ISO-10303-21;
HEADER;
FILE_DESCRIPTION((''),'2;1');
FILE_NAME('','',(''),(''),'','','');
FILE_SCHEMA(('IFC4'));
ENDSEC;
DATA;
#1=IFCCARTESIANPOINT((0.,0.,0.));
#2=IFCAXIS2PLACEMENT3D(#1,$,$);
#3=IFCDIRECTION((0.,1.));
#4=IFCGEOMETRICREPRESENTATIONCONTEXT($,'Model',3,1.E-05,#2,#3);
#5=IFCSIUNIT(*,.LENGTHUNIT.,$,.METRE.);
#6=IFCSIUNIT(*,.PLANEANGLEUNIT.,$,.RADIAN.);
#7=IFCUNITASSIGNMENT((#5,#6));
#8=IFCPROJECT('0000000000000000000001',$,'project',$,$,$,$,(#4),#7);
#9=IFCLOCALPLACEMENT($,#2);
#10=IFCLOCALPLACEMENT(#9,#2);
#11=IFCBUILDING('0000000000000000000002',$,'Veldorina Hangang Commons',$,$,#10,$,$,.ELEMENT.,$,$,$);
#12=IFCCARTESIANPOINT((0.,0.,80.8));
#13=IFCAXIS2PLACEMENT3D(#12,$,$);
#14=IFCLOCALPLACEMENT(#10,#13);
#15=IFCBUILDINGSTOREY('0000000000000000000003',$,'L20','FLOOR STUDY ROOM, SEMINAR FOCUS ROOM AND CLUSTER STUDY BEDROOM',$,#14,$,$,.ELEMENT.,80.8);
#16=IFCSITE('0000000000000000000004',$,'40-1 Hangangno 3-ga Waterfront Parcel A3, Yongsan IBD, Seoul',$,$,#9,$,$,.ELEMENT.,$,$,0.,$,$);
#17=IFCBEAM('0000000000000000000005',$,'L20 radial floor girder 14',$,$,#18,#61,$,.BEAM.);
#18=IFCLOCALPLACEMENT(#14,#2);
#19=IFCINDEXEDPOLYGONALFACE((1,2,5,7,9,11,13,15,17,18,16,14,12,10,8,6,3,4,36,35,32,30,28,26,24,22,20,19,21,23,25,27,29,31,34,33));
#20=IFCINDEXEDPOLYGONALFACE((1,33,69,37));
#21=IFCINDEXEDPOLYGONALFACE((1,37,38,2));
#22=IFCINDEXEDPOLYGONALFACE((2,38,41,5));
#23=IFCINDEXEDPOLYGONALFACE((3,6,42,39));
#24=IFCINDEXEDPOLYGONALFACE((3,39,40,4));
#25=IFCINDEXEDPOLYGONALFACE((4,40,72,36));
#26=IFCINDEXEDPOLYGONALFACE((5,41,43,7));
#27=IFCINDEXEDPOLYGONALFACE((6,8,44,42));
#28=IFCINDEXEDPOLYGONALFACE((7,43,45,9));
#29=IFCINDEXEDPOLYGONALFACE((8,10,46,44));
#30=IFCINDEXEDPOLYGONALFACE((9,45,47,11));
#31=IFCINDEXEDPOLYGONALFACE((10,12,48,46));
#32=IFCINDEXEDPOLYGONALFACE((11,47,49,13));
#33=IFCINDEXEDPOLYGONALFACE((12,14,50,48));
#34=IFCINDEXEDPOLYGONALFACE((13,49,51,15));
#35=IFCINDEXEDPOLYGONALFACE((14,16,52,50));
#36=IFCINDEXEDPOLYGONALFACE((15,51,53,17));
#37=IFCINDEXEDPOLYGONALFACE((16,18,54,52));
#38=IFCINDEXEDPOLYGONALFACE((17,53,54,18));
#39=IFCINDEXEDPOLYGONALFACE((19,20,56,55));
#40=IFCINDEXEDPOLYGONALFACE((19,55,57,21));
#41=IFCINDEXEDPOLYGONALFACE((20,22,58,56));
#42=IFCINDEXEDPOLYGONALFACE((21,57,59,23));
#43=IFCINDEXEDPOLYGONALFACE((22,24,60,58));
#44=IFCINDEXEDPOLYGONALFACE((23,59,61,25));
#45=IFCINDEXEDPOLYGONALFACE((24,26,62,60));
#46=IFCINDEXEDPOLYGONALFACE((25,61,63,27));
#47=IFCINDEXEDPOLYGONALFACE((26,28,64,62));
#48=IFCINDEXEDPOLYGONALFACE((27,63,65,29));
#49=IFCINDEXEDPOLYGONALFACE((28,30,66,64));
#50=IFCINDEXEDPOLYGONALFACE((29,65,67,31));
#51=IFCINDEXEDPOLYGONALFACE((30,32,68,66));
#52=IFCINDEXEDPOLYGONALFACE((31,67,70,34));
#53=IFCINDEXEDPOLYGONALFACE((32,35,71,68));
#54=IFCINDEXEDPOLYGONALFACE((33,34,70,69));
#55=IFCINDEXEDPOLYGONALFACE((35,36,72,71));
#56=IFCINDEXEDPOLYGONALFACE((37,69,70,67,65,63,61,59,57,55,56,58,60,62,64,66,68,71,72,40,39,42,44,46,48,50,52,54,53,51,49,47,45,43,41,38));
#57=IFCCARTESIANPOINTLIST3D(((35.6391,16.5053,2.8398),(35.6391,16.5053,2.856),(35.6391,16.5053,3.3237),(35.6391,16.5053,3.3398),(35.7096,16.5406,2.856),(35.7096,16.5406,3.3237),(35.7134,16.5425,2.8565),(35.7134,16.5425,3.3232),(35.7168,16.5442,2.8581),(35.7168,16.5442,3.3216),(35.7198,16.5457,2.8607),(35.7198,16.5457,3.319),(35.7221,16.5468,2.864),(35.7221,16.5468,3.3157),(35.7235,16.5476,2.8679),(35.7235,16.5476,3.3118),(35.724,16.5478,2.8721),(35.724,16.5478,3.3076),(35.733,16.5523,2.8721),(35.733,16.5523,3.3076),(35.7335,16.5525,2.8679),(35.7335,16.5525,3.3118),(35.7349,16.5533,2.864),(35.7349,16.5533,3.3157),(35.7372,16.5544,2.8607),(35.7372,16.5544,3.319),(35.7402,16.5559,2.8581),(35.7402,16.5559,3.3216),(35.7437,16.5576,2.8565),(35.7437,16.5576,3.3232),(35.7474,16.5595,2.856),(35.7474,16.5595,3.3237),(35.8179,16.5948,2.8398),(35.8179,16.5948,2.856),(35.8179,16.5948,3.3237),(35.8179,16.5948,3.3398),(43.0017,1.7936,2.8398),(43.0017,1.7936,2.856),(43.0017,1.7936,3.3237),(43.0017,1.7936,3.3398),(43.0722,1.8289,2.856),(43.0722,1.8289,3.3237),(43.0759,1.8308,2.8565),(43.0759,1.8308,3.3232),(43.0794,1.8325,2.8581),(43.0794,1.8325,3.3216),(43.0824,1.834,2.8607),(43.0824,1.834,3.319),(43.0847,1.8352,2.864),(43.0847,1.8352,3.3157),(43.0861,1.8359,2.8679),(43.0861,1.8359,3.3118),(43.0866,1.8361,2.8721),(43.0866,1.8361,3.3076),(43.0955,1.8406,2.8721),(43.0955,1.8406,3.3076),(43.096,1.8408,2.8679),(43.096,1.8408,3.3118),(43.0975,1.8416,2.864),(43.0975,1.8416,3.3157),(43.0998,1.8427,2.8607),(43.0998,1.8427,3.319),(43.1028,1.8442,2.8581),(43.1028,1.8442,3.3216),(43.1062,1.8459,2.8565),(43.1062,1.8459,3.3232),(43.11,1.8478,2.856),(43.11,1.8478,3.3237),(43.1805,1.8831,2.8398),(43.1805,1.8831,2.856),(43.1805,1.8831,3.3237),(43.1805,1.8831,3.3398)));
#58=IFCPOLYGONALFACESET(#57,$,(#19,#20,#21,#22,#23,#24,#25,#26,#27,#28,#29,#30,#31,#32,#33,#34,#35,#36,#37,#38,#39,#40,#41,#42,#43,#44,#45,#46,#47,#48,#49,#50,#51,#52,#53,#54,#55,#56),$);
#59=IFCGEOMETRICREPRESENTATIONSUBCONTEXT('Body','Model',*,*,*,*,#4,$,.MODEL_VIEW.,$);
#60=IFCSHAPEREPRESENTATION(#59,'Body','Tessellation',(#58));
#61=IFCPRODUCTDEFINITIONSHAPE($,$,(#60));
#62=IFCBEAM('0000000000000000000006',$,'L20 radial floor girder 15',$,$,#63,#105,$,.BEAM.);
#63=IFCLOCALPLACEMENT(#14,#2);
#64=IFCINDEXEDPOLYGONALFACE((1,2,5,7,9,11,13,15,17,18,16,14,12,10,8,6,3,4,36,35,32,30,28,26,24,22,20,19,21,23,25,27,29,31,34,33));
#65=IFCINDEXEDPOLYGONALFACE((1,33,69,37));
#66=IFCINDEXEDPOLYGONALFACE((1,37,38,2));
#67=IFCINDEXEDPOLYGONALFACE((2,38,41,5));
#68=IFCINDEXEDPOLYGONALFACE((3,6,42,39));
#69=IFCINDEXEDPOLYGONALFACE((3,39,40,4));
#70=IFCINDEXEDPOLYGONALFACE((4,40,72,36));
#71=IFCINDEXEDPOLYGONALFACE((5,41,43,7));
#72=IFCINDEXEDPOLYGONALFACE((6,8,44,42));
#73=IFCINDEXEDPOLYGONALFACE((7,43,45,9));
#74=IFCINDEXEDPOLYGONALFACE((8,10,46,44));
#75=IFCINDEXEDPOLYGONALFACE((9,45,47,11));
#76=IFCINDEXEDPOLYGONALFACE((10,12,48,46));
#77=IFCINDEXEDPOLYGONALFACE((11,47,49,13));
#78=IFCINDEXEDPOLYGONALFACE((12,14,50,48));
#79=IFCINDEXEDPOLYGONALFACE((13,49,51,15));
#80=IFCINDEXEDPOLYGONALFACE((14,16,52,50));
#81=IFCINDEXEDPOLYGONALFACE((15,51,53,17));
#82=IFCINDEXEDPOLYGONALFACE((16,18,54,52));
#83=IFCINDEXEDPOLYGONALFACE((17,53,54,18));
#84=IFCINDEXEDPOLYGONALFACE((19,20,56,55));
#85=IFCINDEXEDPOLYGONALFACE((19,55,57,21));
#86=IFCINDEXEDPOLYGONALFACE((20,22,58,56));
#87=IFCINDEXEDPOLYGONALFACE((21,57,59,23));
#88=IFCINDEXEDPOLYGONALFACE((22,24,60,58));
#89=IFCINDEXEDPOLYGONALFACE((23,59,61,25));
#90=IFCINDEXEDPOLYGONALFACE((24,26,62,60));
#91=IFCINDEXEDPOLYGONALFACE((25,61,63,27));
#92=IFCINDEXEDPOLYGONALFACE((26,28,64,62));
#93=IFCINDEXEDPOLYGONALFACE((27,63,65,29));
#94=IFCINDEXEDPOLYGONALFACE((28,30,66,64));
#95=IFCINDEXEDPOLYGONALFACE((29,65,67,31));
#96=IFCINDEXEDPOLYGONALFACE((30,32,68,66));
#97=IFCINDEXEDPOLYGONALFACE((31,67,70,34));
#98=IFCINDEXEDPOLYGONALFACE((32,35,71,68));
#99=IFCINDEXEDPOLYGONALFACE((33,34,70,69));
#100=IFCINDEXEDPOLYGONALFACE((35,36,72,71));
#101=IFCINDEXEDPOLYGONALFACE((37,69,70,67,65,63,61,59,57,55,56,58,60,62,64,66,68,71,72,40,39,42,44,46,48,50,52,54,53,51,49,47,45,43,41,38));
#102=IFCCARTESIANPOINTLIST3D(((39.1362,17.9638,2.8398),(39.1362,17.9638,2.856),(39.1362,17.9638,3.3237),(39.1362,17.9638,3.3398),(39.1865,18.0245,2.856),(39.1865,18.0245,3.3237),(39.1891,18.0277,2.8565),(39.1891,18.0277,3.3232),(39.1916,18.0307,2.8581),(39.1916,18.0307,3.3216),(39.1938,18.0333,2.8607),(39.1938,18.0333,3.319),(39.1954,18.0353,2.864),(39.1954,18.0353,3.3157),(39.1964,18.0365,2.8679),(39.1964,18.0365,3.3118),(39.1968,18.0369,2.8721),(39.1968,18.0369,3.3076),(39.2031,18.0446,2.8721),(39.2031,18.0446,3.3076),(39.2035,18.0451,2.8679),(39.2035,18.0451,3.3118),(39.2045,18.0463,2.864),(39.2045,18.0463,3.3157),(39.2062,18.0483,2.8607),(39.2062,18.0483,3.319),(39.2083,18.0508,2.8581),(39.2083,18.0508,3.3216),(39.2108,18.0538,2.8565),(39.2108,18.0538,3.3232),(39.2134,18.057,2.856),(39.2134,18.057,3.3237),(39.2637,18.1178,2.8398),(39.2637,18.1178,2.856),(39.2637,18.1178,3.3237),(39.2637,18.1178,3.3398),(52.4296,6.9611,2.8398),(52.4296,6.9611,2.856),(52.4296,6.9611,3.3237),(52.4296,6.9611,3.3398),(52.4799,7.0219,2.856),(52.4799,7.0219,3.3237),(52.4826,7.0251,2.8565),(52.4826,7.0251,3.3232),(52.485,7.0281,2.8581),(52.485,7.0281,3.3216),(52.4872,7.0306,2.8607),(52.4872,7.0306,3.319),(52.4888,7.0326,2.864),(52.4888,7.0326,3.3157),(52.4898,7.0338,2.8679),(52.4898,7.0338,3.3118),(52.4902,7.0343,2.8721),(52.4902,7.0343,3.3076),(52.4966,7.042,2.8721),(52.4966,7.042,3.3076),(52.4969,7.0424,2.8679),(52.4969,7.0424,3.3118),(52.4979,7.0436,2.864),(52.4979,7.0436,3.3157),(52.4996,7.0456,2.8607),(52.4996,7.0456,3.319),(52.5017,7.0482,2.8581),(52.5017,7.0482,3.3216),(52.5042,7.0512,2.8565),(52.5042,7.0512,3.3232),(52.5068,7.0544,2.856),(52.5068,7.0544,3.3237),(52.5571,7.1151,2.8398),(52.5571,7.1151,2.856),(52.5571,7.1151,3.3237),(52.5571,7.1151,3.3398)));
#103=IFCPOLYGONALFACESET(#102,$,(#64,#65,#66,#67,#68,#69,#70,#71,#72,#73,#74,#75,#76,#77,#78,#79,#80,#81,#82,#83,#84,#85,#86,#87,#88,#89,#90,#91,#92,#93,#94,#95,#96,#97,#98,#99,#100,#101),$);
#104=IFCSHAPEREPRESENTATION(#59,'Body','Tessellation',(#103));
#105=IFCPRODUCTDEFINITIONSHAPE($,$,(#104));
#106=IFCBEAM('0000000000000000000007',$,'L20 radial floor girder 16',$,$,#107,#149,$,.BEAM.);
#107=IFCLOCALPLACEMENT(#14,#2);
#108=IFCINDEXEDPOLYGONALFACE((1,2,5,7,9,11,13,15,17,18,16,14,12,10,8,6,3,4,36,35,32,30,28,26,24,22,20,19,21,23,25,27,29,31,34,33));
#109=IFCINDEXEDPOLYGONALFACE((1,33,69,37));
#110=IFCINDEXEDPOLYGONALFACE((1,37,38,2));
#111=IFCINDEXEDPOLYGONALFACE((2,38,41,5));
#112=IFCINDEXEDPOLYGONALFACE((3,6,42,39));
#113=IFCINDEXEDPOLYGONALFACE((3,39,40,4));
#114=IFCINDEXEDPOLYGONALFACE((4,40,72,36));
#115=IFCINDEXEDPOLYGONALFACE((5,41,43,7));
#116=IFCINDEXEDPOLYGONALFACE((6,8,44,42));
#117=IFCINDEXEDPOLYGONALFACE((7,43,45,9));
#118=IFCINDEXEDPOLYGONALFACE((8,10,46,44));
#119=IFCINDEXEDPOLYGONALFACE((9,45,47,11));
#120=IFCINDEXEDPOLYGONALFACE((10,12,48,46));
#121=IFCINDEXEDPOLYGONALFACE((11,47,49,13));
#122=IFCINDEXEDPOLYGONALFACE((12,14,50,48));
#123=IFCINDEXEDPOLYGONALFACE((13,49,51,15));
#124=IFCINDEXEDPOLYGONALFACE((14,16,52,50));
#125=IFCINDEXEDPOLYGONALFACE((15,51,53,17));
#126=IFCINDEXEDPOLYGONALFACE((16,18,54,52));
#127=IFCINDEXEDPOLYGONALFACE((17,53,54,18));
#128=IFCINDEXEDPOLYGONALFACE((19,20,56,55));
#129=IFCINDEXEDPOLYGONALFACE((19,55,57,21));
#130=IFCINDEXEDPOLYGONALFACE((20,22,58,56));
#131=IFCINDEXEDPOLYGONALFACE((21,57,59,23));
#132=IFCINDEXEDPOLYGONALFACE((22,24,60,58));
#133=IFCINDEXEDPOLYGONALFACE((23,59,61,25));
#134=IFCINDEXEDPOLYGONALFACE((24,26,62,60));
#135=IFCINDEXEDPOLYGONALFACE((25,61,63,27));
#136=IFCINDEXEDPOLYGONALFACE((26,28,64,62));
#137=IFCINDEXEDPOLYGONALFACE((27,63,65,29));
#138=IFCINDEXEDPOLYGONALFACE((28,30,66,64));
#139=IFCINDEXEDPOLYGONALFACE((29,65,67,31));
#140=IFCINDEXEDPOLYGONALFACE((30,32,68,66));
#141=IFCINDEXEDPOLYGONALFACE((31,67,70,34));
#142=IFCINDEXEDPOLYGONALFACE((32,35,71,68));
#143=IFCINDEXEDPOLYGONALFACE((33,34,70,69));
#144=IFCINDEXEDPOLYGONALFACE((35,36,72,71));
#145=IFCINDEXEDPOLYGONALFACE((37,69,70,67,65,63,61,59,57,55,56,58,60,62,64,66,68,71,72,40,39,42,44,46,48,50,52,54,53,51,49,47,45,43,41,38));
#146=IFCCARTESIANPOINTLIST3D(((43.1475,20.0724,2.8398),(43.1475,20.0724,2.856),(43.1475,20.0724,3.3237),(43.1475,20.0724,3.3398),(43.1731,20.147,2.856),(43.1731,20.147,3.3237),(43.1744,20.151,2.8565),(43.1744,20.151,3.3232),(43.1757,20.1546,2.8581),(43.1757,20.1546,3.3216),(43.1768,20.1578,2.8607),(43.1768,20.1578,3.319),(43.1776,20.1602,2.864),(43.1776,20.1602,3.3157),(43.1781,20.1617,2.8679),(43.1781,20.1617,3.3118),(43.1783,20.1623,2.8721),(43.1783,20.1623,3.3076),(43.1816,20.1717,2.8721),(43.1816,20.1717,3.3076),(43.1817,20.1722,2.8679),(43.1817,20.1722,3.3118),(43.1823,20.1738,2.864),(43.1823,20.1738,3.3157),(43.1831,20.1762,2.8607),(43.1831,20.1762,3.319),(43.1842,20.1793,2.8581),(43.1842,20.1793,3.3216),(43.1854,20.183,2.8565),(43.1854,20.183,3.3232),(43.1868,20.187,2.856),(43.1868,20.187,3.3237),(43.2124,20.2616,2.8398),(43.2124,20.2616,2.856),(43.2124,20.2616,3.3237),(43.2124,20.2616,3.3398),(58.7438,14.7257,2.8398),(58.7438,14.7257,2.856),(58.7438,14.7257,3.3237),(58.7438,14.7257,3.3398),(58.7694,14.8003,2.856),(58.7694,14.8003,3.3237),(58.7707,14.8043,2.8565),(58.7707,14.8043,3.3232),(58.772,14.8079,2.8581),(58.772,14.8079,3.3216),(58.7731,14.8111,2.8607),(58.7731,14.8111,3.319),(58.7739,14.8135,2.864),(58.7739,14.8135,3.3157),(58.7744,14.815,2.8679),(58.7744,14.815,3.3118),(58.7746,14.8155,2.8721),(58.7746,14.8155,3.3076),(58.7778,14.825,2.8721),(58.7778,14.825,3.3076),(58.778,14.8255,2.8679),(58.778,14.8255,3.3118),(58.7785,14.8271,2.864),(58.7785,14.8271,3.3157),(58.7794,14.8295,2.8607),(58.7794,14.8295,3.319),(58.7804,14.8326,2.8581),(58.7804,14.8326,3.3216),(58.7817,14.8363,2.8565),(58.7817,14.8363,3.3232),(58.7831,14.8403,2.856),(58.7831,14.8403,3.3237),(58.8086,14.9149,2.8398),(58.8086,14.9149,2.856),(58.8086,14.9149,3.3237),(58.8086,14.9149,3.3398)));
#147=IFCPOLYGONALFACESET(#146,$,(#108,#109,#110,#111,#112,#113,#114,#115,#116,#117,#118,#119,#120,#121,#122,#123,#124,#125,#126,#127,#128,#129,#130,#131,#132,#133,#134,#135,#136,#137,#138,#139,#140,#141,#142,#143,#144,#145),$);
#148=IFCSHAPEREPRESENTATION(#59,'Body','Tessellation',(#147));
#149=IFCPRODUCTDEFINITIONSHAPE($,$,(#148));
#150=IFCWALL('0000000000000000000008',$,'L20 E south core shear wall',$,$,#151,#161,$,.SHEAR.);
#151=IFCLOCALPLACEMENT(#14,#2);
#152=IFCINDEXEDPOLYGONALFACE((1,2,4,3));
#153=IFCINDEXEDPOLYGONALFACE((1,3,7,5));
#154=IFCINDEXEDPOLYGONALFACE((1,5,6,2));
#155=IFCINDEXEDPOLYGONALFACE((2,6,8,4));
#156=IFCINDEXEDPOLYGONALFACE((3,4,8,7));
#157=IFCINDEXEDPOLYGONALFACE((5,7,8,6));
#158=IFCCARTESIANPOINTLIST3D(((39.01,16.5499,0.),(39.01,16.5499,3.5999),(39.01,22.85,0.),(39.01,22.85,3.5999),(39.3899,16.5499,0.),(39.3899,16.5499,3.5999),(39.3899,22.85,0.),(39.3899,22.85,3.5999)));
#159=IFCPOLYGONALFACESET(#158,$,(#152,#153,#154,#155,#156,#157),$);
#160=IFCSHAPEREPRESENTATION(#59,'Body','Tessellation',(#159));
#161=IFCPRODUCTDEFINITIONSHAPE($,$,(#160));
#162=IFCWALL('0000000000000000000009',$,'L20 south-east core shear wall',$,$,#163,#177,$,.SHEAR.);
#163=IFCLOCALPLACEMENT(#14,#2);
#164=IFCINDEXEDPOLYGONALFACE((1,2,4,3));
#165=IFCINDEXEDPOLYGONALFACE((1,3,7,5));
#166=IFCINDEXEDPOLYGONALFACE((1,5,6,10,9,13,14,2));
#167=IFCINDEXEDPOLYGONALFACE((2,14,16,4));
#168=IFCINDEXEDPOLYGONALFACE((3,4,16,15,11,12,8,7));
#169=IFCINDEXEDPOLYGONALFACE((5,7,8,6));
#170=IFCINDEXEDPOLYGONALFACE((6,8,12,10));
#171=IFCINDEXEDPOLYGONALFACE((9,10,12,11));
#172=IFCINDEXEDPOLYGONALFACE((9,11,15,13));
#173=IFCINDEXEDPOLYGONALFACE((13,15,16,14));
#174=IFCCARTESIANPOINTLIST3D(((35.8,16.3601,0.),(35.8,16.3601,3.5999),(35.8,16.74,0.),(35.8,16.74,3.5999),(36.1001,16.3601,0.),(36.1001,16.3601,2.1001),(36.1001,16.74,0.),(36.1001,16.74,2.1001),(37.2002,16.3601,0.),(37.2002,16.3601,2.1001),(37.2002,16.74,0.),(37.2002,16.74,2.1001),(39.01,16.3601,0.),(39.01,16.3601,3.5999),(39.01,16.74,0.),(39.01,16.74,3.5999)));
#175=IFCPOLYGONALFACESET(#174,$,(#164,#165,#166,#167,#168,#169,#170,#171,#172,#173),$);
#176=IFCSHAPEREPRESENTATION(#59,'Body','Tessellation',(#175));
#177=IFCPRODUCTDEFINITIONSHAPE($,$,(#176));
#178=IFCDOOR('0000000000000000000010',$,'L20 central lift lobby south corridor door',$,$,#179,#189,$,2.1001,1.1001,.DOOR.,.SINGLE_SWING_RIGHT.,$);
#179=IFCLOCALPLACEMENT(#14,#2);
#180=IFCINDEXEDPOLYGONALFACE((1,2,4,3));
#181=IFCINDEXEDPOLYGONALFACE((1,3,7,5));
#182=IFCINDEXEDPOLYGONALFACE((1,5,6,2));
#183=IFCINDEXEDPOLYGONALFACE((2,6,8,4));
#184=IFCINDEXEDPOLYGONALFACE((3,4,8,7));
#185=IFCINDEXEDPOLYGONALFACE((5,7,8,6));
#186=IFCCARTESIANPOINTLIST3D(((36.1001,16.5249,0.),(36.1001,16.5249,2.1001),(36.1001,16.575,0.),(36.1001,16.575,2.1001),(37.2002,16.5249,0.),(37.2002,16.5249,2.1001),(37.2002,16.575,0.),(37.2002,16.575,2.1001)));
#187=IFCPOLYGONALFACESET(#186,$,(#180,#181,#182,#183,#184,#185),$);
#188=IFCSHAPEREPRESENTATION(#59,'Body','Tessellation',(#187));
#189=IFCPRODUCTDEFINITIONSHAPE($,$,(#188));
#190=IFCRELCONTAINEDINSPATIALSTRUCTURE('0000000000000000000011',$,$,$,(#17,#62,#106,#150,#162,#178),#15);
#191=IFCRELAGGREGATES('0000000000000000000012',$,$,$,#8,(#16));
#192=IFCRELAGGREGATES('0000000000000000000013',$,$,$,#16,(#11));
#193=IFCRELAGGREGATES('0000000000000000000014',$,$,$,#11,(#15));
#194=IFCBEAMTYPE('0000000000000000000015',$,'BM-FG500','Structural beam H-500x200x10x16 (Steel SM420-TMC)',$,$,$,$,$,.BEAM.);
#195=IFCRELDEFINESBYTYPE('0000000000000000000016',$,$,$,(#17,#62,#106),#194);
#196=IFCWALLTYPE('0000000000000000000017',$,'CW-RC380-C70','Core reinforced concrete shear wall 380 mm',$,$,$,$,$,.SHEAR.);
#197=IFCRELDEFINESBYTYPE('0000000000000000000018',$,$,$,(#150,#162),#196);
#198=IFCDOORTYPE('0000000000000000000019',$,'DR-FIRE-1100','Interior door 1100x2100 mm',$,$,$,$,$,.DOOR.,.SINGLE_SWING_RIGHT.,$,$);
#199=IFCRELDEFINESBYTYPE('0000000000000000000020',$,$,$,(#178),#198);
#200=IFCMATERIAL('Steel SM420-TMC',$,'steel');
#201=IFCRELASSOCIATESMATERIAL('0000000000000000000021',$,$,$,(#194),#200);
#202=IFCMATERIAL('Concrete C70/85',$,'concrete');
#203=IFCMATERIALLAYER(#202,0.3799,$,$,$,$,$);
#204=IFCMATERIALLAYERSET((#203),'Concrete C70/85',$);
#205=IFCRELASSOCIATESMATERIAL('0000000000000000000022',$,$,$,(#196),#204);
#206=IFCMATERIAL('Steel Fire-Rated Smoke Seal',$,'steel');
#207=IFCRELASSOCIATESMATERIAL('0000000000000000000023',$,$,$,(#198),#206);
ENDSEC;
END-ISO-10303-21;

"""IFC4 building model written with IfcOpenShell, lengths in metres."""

from ifc_helpers import new_model, si_unit, direction, frame, frame_2d, origin, origin_2d, place, context, subcontext, project, spatial, rectangle, i_section, extrude, material, layer, layer_set, material_profile, profile_set, type_object, element, fill, save


model = new_model("IFC4")

# Units and contexts
model_context = context("Model", 3, precision=1e-05, world=origin(), true_north=direction((0.0, 1.0)))
body_context = subcontext(model_context, "Body", "Model", "MODEL_VIEW")
ifc_project = project(units=[si_unit("LENGTHUNIT", "METRE"), si_unit("PLANEANGLEUNIT", "RADIAN")], contexts=[model_context])

# Site, building, storey
site_placement = place(None, origin())
site = spatial("IfcSite", under=ifc_project, at=site_placement, Name="40-1 Hangangno 3-ga Waterfront Parcel A3, Yongsan IBD, Seoul", CompositionType="ELEMENT", RefElevation=0.0)
building_placement = place(site_placement, origin())
building = spatial("IfcBuilding", under=site, at=building_placement, Name="Veldorina Hangang Commons", CompositionType="ELEMENT")
storey_placement = place(building_placement, frame((0.0, 0.0, 80.8)))
storey = spatial("IfcBuildingStorey", under=building, at=storey_placement, Name="L20", Description="FLOOR STUDY ROOM, SEMINAR FOCUS ROOM AND CLUSTER STUDY BEDROOM", CompositionType="ELEMENT", Elevation=80.8)

# Beams
ifc_material_1 = material(Name="Steel SM420-TMC", Category="steel")
ifc_material_profile = material_profile(ifc_material_1, i_section(OverallWidth=0.2, OverallDepth=0.5, WebThickness=0.01, FlangeThickness=0.0161, FilletRadius=0.0161, at=origin_2d()), Name="H-500x200x10x16")
ifc_profile_set = profile_set([ifc_material_profile], Name="Steel SM420-TMC")
beam_type = type_object("IfcBeamType", Name="BM-FG500", Description="Structural beam H-500x200x10x16 (Steel SM420-TMC)", PredefinedType="BEAM", material=ifc_profile_set)
beam_1_placement = place(storey_placement, frame((35.7285, 16.55, 3.0898), z_axis=(0.44754, -0.894264, 0.0), x_axis=(0.894264, 0.44754, 0.0)))
element("IfcBeam", 1, at=beam_1_placement, inside=storey, type_object=beam_type, Name="L20 radial floor girder 14", PredefinedType="BEAM", context=body_context, shape_type="SweptSolid", body=[
    extrude(i_section(OverallWidth=0.2, OverallDepth=0.5, WebThickness=0.01, FlangeThickness=0.0161, FilletRadius=0.0161, at=origin_2d()), origin(), (0.0, 0.0, 1.0), 16.4512),
])
beam_2_placement = place(storey_placement, frame((39.2, 18.0408, 3.0898), z_axis=(0.77036, -0.637609, 0.0), x_axis=(0.637609, 0.77036, 0.0)))
element("IfcBeam", 2, at=beam_2_placement, inside=storey, type_object=beam_type, Name="L20 radial floor girder 15", PredefinedType="BEAM", context=body_context, shape_type="SweptSolid", body=[
    extrude(i_section(OverallWidth=0.2, OverallDepth=0.5, WebThickness=0.01, FlangeThickness=0.0161, FilletRadius=0.0161, at=origin_2d()), origin(), (0.0, 0.0, 1.0), 17.2561),
])
beam_3_placement = place(storey_placement, frame((43.1799, 20.167, 3.0898), z_axis=(0.945957, -0.324293, 0.0), x_axis=(0.324293, 0.945957, 0.0)))
element("IfcBeam", 3, at=beam_3_placement, inside=storey, type_object=beam_type, Name="L20 radial floor girder 16", PredefinedType="BEAM", context=body_context, shape_type="SweptSolid", body=[
    extrude(i_section(OverallWidth=0.2, OverallDepth=0.5, WebThickness=0.01, FlangeThickness=0.0161, FilletRadius=0.0161, at=origin_2d()), origin(), (0.0, 0.0, 1.0), 16.4873),
])

# Wall
ifc_material_2 = material(Name="Concrete C70/85", Category="concrete")
ifc_layer_1 = layer(ifc_material_2, 0.3799)
ifc_layer_set_1 = layer_set([ifc_layer_1], Name="Concrete C70/85")
wall_type_1 = type_object("IfcWallType", Name="CW-RC380-C70", Description="Core reinforced concrete shear wall 380 mm", PredefinedType="SHEAR", material=ifc_layer_set_1)
wall_1_placement = place(storey_placement, frame((39.2, 16.55, 0.0), z_axis=(0.0, 0.0, 1.0), x_axis=(0.0, 1.0, 0.0)))
element("IfcWall", 4, at=wall_1_placement, inside=storey, type_object=wall_type_1, Name="L20 E south core shear wall", PredefinedType="SHEAR", context=body_context, shape_type="SweptSolid", body=[
    extrude(rectangle(XDim=6.3, YDim=0.3799, at=frame_2d((3.1499, 0.0))), origin(), (0.0, 0.0, 1.0), 3.5999),
])

# Wall, opening, door
wall_2_placement = place(storey_placement, frame((35.8, 16.55, 0.0), z_axis=(0.0, 0.0, 1.0), x_axis=(1.0, 0.0, 0.0)))
wall_2 = element("IfcWall", 5, at=wall_2_placement, inside=storey, type_object=wall_type_1, Name="L20 south-east core shear wall", PredefinedType="SHEAR", context=body_context, shape_type="SweptSolid", body=[
    extrude(rectangle(XDim=3.21, YDim=0.3799, at=frame_2d((1.605, 0.0))), origin(), (0.0, 0.0, 1.0), 3.5999),
])
opening_1_placement = place(wall_2_placement, frame((0.3, 0.0, 0.0)))
opening_1 = element("IfcOpeningElement", 6, at=opening_1_placement, cuts=wall_2, PredefinedType="OPENING", context=body_context, shape_type="SweptSolid", body=[
    extrude(rectangle(XDim=1.1001, YDim=2.1001, at=frame_2d((0.55, 1.05))), frame((0.0, 0.2, 0.0), z_axis=(0.0, -1.0, 0.0), x_axis=(1.0, 0.0, 0.0)), (0.0, 0.0, 1.0), 0.3999),
])
ifc_material_3 = material(Name="Steel Fire-Rated Smoke Seal", Category="steel")
door_type_1 = type_object("IfcDoorType", Name="DR-FIRE-1100", Description="Interior door 1100x2100 mm", OperationType="SINGLE_SWING_RIGHT", PredefinedType="DOOR", material=ifc_material_3)
door_1_placement = place(opening_1_placement, origin())
door_1 = element("IfcDoor", 7, at=door_1_placement, inside=storey, type_object=door_type_1, Name="L20 central lift lobby south corridor door", OperationType="SINGLE_SWING_RIGHT", OverallHeight=2.1001, OverallWidth=1.1001, PredefinedType="DOOR", context=body_context, shape_type="SweptSolid", body=[
    extrude(rectangle(XDim=1.1001, YDim=2.1001, at=frame_2d((0.55, 1.05))), frame((0.0, 0.0249, 0.0), z_axis=(0.0, -1.0, 0.0), x_axis=(1.0, 0.0, 0.0)), (0.0, 0.0, 1.0), 0.05),
])
fill(opening_1, door_1)

save(model, "model.ifc")
